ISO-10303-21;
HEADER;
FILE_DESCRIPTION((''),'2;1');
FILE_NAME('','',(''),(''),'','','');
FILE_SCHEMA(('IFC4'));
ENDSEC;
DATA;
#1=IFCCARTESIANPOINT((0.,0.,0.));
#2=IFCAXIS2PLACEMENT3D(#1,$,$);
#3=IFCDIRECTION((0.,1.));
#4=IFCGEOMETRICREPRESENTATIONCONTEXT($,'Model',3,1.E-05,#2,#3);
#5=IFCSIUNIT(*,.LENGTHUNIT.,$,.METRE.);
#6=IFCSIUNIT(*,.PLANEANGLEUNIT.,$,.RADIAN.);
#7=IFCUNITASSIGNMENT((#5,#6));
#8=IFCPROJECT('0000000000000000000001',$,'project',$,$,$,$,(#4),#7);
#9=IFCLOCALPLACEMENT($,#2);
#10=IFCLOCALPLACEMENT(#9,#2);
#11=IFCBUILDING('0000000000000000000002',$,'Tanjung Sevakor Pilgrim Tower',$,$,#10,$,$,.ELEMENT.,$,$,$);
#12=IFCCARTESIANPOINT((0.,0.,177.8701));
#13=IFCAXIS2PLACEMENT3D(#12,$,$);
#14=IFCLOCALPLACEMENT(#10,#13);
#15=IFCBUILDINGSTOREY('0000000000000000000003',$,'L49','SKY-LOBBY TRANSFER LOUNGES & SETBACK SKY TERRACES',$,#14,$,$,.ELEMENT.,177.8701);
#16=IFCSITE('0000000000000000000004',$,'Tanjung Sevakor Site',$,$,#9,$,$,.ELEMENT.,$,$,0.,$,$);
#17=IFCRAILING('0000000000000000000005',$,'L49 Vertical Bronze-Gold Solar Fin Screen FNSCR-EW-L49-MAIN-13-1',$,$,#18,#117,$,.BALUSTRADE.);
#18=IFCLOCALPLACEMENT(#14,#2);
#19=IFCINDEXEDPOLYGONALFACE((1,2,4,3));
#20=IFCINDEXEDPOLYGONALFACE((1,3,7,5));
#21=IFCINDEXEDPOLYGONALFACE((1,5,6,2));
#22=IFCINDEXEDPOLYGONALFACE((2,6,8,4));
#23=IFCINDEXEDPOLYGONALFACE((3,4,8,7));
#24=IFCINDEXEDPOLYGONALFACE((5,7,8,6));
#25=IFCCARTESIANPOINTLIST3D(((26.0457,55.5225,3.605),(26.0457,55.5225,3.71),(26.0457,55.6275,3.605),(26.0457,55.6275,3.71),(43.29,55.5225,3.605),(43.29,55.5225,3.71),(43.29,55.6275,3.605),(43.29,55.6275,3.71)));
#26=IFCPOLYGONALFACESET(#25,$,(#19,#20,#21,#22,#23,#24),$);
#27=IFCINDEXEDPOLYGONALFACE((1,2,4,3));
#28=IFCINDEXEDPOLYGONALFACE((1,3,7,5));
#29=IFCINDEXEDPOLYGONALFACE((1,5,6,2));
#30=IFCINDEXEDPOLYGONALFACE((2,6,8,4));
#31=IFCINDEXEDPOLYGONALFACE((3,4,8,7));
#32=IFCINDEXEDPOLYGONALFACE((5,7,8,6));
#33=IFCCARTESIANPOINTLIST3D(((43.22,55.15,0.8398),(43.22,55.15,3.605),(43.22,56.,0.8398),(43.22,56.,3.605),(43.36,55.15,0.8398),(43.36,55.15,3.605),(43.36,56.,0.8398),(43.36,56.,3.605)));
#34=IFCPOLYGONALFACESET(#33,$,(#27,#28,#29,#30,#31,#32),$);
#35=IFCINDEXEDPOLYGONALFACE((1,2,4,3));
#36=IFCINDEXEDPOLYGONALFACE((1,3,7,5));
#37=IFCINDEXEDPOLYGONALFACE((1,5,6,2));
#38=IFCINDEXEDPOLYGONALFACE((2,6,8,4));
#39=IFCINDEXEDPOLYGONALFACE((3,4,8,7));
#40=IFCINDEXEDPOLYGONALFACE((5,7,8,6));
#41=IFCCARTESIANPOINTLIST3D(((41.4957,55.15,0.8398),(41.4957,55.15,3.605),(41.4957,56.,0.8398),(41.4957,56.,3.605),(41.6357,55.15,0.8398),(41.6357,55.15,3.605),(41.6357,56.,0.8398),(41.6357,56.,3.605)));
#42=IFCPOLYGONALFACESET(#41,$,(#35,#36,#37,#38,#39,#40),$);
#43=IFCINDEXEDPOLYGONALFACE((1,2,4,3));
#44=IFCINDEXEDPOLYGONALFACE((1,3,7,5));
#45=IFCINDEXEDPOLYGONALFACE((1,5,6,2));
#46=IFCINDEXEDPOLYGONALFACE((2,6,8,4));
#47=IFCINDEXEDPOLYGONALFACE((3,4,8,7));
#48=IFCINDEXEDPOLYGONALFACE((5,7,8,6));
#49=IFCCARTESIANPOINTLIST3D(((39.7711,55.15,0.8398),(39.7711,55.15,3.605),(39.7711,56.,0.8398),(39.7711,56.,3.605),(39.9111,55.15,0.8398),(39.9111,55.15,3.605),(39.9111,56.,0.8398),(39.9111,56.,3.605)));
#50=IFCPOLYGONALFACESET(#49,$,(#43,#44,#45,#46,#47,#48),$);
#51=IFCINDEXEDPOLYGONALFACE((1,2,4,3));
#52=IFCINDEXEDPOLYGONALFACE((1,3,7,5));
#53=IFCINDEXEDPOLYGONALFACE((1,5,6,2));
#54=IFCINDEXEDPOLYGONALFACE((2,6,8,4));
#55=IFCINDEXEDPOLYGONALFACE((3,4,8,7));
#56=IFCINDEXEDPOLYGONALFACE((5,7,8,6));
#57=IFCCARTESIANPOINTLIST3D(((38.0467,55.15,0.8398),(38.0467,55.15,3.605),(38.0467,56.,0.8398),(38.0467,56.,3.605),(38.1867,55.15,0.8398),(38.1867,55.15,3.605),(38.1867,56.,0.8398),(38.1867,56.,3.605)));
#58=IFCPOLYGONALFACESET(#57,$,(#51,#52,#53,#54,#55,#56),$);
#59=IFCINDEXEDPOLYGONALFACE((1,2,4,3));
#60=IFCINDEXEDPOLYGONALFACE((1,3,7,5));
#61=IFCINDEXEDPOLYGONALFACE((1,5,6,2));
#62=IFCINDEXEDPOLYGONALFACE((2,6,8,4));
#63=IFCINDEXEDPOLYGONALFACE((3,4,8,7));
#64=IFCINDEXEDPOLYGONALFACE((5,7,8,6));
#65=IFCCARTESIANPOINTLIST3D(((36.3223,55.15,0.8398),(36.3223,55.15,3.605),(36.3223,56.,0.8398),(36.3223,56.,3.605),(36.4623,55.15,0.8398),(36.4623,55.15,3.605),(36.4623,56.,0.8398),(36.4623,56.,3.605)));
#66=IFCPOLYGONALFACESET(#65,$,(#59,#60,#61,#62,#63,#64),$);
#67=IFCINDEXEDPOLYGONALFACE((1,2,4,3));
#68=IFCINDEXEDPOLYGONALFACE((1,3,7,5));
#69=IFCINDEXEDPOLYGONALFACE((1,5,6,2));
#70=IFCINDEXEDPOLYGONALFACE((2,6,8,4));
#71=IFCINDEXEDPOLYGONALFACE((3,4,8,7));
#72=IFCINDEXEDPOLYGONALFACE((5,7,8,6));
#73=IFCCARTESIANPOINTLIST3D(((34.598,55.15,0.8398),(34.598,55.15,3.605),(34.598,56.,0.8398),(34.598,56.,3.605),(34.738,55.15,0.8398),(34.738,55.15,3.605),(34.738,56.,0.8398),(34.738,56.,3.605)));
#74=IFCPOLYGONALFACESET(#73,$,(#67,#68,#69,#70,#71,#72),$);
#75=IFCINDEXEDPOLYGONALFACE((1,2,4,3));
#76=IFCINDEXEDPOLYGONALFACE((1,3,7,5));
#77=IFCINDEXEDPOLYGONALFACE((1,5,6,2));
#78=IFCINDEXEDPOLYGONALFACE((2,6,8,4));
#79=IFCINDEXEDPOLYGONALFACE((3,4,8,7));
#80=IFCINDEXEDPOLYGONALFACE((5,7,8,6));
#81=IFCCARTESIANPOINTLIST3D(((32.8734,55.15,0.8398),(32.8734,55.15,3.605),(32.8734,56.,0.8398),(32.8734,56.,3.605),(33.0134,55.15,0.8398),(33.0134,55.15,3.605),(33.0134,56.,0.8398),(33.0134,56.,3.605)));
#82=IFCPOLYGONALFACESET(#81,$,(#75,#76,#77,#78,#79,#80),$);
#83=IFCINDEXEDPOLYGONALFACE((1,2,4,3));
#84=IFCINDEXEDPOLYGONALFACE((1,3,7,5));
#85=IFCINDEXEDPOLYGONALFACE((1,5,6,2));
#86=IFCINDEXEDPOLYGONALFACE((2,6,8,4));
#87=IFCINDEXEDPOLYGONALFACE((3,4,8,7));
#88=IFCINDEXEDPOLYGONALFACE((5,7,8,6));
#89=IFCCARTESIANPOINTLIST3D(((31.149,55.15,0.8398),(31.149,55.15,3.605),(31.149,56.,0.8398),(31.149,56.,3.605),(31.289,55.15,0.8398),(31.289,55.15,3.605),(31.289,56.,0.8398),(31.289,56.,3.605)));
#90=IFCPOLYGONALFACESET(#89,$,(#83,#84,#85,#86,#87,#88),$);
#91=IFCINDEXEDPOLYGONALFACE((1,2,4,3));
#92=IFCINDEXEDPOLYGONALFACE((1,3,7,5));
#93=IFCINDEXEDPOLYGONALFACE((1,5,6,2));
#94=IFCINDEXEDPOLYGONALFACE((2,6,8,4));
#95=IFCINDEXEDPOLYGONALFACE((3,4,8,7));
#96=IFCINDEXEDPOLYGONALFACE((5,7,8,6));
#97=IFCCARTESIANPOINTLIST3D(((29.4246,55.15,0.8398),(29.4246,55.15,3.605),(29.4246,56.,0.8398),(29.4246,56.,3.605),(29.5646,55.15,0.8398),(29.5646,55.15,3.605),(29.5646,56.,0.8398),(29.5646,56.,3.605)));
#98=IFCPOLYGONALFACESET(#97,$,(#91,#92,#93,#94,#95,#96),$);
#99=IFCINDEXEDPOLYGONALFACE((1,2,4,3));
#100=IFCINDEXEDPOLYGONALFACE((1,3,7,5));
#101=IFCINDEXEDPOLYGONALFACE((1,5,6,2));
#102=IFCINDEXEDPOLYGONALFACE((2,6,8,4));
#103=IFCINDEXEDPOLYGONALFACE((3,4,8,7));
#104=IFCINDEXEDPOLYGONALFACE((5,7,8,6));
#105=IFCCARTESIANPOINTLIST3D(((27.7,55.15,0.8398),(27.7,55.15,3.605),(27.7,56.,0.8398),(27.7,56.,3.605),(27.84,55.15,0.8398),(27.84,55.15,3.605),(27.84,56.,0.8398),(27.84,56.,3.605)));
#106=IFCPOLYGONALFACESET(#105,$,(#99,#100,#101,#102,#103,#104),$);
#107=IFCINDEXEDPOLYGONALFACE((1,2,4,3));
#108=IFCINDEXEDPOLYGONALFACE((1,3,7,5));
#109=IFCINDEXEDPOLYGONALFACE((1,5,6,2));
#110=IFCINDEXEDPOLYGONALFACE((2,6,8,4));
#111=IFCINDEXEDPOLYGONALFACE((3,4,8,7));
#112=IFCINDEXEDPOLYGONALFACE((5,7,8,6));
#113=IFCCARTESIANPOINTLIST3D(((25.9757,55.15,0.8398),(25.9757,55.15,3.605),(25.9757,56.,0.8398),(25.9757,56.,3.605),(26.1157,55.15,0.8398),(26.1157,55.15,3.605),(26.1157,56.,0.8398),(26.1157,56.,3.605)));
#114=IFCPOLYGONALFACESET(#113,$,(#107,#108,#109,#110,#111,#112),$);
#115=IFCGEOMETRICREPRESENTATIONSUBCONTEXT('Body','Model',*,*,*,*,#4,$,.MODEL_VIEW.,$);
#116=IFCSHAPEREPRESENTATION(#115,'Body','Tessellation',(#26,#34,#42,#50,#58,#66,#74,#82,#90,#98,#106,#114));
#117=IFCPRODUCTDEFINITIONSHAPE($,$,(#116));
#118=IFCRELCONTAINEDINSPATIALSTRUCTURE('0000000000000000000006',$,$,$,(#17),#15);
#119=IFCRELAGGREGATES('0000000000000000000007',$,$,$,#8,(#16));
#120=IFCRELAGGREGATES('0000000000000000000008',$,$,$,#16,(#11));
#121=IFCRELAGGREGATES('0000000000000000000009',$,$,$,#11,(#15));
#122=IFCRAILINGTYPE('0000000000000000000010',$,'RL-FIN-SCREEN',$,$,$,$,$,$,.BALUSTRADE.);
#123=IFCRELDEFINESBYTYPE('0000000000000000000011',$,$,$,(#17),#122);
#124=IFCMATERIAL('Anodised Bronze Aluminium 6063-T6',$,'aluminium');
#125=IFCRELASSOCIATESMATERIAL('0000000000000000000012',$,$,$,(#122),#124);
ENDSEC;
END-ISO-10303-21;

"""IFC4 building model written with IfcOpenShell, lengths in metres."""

from ifc_helpers import new_model, si_unit, direction, frame, origin, place, context, subcontext, project, spatial, rectangle, extrude, material, type_object, element, save


model = new_model("IFC4")

# Units and contexts
model_context = context("Model", 3, precision=1e-05, world=origin(), true_north=direction((0.0, 1.0)))
body_context = subcontext(model_context, "Body", "Model", "MODEL_VIEW")
ifc_project = project(units=[si_unit("LENGTHUNIT", "METRE"), si_unit("PLANEANGLEUNIT", "RADIAN")], contexts=[model_context])

# Site, building, storey
site_placement = place(None, origin())
site = spatial("IfcSite", under=ifc_project, at=site_placement, Name="Tanjung Sevakor Site", CompositionType="ELEMENT", RefElevation=0.0)
building_placement = place(site_placement, origin())
building = spatial("IfcBuilding", under=site, at=building_placement, Name="Tanjung Sevakor Pilgrim Tower", CompositionType="ELEMENT")
storey_placement = place(building_placement, frame((0.0, 0.0, 177.8701)))
storey = spatial("IfcBuildingStorey", under=building, at=storey_placement, Name="L49", Description="SKY-LOBBY TRANSFER LOUNGES & SETBACK SKY TERRACES", CompositionType="ELEMENT", Elevation=177.8701)

# Railing
ifc_material_1 = material(Name="Anodised Bronze Aluminium 6063-T6", Category="aluminium")
railing_type = type_object("IfcRailingType", Name="RL-FIN-SCREEN", PredefinedType="BALUSTRADE", material=ifc_material_1)
railing_placement = place(storey_placement, frame((43.29, 55.575, 0.8398)))
element("IfcRailing", 1, at=railing_placement, inside=storey, type_object=railing_type, Name="L49 Vertical Bronze-Gold Solar Fin Screen FNSCR-EW-L49-MAIN-13-1", PredefinedType="BALUSTRADE", context=body_context, shape_type="SweptSolid", body=[
    extrude(rectangle(XDim=0.105, YDim=0.105), frame((0.0, 0.0, 2.8176), z_axis=(-1.0, 0.0, 0.0), x_axis=(0.0, -1.0, 0.0)), (0.0, 0.0, 1.0), 17.2444),
    extrude(rectangle(XDim=0.14, YDim=0.85), origin(), (0.0, 0.0, 1.0), 2.7651),
    extrude(rectangle(XDim=0.14, YDim=0.85), frame((-1.7244, 0.0, 0.0)), (0.0, 0.0, 1.0), 2.7651),
    extrude(rectangle(XDim=0.14, YDim=0.85), frame((-3.449, 0.0, 0.0)), (0.0, 0.0, 1.0), 2.7651),
    extrude(rectangle(XDim=0.14, YDim=0.85), frame((-5.1733, 0.0, 0.0)), (0.0, 0.0, 1.0), 2.7651),
    extrude(rectangle(XDim=0.14, YDim=0.85), frame((-6.8977, 0.0, 0.0)), (0.0, 0.0, 1.0), 2.7651),
    extrude(rectangle(XDim=0.14, YDim=0.85), frame((-8.6221, 0.0, 0.0)), (0.0, 0.0, 1.0), 2.7651),
    extrude(rectangle(XDim=0.14, YDim=0.85), frame((-10.3467, 0.0, 0.0)), (0.0, 0.0, 1.0), 2.7651),
    extrude(rectangle(XDim=0.14, YDim=0.85), frame((-12.071, 0.0, 0.0)), (0.0, 0.0, 1.0), 2.7651),
    extrude(rectangle(XDim=0.14, YDim=0.85), frame((-13.7954, 0.0, 0.0)), (0.0, 0.0, 1.0), 2.7651),
    extrude(rectangle(XDim=0.14, YDim=0.85), frame((-15.52, 0.0, 0.0)), (0.0, 0.0, 1.0), 2.7651),
    extrude(rectangle(XDim=0.14, YDim=0.85), frame((-17.2444, 0.0, 0.0)), (0.0, 0.0, 1.0), 2.7651),
])

save(model, "model.ifc")
